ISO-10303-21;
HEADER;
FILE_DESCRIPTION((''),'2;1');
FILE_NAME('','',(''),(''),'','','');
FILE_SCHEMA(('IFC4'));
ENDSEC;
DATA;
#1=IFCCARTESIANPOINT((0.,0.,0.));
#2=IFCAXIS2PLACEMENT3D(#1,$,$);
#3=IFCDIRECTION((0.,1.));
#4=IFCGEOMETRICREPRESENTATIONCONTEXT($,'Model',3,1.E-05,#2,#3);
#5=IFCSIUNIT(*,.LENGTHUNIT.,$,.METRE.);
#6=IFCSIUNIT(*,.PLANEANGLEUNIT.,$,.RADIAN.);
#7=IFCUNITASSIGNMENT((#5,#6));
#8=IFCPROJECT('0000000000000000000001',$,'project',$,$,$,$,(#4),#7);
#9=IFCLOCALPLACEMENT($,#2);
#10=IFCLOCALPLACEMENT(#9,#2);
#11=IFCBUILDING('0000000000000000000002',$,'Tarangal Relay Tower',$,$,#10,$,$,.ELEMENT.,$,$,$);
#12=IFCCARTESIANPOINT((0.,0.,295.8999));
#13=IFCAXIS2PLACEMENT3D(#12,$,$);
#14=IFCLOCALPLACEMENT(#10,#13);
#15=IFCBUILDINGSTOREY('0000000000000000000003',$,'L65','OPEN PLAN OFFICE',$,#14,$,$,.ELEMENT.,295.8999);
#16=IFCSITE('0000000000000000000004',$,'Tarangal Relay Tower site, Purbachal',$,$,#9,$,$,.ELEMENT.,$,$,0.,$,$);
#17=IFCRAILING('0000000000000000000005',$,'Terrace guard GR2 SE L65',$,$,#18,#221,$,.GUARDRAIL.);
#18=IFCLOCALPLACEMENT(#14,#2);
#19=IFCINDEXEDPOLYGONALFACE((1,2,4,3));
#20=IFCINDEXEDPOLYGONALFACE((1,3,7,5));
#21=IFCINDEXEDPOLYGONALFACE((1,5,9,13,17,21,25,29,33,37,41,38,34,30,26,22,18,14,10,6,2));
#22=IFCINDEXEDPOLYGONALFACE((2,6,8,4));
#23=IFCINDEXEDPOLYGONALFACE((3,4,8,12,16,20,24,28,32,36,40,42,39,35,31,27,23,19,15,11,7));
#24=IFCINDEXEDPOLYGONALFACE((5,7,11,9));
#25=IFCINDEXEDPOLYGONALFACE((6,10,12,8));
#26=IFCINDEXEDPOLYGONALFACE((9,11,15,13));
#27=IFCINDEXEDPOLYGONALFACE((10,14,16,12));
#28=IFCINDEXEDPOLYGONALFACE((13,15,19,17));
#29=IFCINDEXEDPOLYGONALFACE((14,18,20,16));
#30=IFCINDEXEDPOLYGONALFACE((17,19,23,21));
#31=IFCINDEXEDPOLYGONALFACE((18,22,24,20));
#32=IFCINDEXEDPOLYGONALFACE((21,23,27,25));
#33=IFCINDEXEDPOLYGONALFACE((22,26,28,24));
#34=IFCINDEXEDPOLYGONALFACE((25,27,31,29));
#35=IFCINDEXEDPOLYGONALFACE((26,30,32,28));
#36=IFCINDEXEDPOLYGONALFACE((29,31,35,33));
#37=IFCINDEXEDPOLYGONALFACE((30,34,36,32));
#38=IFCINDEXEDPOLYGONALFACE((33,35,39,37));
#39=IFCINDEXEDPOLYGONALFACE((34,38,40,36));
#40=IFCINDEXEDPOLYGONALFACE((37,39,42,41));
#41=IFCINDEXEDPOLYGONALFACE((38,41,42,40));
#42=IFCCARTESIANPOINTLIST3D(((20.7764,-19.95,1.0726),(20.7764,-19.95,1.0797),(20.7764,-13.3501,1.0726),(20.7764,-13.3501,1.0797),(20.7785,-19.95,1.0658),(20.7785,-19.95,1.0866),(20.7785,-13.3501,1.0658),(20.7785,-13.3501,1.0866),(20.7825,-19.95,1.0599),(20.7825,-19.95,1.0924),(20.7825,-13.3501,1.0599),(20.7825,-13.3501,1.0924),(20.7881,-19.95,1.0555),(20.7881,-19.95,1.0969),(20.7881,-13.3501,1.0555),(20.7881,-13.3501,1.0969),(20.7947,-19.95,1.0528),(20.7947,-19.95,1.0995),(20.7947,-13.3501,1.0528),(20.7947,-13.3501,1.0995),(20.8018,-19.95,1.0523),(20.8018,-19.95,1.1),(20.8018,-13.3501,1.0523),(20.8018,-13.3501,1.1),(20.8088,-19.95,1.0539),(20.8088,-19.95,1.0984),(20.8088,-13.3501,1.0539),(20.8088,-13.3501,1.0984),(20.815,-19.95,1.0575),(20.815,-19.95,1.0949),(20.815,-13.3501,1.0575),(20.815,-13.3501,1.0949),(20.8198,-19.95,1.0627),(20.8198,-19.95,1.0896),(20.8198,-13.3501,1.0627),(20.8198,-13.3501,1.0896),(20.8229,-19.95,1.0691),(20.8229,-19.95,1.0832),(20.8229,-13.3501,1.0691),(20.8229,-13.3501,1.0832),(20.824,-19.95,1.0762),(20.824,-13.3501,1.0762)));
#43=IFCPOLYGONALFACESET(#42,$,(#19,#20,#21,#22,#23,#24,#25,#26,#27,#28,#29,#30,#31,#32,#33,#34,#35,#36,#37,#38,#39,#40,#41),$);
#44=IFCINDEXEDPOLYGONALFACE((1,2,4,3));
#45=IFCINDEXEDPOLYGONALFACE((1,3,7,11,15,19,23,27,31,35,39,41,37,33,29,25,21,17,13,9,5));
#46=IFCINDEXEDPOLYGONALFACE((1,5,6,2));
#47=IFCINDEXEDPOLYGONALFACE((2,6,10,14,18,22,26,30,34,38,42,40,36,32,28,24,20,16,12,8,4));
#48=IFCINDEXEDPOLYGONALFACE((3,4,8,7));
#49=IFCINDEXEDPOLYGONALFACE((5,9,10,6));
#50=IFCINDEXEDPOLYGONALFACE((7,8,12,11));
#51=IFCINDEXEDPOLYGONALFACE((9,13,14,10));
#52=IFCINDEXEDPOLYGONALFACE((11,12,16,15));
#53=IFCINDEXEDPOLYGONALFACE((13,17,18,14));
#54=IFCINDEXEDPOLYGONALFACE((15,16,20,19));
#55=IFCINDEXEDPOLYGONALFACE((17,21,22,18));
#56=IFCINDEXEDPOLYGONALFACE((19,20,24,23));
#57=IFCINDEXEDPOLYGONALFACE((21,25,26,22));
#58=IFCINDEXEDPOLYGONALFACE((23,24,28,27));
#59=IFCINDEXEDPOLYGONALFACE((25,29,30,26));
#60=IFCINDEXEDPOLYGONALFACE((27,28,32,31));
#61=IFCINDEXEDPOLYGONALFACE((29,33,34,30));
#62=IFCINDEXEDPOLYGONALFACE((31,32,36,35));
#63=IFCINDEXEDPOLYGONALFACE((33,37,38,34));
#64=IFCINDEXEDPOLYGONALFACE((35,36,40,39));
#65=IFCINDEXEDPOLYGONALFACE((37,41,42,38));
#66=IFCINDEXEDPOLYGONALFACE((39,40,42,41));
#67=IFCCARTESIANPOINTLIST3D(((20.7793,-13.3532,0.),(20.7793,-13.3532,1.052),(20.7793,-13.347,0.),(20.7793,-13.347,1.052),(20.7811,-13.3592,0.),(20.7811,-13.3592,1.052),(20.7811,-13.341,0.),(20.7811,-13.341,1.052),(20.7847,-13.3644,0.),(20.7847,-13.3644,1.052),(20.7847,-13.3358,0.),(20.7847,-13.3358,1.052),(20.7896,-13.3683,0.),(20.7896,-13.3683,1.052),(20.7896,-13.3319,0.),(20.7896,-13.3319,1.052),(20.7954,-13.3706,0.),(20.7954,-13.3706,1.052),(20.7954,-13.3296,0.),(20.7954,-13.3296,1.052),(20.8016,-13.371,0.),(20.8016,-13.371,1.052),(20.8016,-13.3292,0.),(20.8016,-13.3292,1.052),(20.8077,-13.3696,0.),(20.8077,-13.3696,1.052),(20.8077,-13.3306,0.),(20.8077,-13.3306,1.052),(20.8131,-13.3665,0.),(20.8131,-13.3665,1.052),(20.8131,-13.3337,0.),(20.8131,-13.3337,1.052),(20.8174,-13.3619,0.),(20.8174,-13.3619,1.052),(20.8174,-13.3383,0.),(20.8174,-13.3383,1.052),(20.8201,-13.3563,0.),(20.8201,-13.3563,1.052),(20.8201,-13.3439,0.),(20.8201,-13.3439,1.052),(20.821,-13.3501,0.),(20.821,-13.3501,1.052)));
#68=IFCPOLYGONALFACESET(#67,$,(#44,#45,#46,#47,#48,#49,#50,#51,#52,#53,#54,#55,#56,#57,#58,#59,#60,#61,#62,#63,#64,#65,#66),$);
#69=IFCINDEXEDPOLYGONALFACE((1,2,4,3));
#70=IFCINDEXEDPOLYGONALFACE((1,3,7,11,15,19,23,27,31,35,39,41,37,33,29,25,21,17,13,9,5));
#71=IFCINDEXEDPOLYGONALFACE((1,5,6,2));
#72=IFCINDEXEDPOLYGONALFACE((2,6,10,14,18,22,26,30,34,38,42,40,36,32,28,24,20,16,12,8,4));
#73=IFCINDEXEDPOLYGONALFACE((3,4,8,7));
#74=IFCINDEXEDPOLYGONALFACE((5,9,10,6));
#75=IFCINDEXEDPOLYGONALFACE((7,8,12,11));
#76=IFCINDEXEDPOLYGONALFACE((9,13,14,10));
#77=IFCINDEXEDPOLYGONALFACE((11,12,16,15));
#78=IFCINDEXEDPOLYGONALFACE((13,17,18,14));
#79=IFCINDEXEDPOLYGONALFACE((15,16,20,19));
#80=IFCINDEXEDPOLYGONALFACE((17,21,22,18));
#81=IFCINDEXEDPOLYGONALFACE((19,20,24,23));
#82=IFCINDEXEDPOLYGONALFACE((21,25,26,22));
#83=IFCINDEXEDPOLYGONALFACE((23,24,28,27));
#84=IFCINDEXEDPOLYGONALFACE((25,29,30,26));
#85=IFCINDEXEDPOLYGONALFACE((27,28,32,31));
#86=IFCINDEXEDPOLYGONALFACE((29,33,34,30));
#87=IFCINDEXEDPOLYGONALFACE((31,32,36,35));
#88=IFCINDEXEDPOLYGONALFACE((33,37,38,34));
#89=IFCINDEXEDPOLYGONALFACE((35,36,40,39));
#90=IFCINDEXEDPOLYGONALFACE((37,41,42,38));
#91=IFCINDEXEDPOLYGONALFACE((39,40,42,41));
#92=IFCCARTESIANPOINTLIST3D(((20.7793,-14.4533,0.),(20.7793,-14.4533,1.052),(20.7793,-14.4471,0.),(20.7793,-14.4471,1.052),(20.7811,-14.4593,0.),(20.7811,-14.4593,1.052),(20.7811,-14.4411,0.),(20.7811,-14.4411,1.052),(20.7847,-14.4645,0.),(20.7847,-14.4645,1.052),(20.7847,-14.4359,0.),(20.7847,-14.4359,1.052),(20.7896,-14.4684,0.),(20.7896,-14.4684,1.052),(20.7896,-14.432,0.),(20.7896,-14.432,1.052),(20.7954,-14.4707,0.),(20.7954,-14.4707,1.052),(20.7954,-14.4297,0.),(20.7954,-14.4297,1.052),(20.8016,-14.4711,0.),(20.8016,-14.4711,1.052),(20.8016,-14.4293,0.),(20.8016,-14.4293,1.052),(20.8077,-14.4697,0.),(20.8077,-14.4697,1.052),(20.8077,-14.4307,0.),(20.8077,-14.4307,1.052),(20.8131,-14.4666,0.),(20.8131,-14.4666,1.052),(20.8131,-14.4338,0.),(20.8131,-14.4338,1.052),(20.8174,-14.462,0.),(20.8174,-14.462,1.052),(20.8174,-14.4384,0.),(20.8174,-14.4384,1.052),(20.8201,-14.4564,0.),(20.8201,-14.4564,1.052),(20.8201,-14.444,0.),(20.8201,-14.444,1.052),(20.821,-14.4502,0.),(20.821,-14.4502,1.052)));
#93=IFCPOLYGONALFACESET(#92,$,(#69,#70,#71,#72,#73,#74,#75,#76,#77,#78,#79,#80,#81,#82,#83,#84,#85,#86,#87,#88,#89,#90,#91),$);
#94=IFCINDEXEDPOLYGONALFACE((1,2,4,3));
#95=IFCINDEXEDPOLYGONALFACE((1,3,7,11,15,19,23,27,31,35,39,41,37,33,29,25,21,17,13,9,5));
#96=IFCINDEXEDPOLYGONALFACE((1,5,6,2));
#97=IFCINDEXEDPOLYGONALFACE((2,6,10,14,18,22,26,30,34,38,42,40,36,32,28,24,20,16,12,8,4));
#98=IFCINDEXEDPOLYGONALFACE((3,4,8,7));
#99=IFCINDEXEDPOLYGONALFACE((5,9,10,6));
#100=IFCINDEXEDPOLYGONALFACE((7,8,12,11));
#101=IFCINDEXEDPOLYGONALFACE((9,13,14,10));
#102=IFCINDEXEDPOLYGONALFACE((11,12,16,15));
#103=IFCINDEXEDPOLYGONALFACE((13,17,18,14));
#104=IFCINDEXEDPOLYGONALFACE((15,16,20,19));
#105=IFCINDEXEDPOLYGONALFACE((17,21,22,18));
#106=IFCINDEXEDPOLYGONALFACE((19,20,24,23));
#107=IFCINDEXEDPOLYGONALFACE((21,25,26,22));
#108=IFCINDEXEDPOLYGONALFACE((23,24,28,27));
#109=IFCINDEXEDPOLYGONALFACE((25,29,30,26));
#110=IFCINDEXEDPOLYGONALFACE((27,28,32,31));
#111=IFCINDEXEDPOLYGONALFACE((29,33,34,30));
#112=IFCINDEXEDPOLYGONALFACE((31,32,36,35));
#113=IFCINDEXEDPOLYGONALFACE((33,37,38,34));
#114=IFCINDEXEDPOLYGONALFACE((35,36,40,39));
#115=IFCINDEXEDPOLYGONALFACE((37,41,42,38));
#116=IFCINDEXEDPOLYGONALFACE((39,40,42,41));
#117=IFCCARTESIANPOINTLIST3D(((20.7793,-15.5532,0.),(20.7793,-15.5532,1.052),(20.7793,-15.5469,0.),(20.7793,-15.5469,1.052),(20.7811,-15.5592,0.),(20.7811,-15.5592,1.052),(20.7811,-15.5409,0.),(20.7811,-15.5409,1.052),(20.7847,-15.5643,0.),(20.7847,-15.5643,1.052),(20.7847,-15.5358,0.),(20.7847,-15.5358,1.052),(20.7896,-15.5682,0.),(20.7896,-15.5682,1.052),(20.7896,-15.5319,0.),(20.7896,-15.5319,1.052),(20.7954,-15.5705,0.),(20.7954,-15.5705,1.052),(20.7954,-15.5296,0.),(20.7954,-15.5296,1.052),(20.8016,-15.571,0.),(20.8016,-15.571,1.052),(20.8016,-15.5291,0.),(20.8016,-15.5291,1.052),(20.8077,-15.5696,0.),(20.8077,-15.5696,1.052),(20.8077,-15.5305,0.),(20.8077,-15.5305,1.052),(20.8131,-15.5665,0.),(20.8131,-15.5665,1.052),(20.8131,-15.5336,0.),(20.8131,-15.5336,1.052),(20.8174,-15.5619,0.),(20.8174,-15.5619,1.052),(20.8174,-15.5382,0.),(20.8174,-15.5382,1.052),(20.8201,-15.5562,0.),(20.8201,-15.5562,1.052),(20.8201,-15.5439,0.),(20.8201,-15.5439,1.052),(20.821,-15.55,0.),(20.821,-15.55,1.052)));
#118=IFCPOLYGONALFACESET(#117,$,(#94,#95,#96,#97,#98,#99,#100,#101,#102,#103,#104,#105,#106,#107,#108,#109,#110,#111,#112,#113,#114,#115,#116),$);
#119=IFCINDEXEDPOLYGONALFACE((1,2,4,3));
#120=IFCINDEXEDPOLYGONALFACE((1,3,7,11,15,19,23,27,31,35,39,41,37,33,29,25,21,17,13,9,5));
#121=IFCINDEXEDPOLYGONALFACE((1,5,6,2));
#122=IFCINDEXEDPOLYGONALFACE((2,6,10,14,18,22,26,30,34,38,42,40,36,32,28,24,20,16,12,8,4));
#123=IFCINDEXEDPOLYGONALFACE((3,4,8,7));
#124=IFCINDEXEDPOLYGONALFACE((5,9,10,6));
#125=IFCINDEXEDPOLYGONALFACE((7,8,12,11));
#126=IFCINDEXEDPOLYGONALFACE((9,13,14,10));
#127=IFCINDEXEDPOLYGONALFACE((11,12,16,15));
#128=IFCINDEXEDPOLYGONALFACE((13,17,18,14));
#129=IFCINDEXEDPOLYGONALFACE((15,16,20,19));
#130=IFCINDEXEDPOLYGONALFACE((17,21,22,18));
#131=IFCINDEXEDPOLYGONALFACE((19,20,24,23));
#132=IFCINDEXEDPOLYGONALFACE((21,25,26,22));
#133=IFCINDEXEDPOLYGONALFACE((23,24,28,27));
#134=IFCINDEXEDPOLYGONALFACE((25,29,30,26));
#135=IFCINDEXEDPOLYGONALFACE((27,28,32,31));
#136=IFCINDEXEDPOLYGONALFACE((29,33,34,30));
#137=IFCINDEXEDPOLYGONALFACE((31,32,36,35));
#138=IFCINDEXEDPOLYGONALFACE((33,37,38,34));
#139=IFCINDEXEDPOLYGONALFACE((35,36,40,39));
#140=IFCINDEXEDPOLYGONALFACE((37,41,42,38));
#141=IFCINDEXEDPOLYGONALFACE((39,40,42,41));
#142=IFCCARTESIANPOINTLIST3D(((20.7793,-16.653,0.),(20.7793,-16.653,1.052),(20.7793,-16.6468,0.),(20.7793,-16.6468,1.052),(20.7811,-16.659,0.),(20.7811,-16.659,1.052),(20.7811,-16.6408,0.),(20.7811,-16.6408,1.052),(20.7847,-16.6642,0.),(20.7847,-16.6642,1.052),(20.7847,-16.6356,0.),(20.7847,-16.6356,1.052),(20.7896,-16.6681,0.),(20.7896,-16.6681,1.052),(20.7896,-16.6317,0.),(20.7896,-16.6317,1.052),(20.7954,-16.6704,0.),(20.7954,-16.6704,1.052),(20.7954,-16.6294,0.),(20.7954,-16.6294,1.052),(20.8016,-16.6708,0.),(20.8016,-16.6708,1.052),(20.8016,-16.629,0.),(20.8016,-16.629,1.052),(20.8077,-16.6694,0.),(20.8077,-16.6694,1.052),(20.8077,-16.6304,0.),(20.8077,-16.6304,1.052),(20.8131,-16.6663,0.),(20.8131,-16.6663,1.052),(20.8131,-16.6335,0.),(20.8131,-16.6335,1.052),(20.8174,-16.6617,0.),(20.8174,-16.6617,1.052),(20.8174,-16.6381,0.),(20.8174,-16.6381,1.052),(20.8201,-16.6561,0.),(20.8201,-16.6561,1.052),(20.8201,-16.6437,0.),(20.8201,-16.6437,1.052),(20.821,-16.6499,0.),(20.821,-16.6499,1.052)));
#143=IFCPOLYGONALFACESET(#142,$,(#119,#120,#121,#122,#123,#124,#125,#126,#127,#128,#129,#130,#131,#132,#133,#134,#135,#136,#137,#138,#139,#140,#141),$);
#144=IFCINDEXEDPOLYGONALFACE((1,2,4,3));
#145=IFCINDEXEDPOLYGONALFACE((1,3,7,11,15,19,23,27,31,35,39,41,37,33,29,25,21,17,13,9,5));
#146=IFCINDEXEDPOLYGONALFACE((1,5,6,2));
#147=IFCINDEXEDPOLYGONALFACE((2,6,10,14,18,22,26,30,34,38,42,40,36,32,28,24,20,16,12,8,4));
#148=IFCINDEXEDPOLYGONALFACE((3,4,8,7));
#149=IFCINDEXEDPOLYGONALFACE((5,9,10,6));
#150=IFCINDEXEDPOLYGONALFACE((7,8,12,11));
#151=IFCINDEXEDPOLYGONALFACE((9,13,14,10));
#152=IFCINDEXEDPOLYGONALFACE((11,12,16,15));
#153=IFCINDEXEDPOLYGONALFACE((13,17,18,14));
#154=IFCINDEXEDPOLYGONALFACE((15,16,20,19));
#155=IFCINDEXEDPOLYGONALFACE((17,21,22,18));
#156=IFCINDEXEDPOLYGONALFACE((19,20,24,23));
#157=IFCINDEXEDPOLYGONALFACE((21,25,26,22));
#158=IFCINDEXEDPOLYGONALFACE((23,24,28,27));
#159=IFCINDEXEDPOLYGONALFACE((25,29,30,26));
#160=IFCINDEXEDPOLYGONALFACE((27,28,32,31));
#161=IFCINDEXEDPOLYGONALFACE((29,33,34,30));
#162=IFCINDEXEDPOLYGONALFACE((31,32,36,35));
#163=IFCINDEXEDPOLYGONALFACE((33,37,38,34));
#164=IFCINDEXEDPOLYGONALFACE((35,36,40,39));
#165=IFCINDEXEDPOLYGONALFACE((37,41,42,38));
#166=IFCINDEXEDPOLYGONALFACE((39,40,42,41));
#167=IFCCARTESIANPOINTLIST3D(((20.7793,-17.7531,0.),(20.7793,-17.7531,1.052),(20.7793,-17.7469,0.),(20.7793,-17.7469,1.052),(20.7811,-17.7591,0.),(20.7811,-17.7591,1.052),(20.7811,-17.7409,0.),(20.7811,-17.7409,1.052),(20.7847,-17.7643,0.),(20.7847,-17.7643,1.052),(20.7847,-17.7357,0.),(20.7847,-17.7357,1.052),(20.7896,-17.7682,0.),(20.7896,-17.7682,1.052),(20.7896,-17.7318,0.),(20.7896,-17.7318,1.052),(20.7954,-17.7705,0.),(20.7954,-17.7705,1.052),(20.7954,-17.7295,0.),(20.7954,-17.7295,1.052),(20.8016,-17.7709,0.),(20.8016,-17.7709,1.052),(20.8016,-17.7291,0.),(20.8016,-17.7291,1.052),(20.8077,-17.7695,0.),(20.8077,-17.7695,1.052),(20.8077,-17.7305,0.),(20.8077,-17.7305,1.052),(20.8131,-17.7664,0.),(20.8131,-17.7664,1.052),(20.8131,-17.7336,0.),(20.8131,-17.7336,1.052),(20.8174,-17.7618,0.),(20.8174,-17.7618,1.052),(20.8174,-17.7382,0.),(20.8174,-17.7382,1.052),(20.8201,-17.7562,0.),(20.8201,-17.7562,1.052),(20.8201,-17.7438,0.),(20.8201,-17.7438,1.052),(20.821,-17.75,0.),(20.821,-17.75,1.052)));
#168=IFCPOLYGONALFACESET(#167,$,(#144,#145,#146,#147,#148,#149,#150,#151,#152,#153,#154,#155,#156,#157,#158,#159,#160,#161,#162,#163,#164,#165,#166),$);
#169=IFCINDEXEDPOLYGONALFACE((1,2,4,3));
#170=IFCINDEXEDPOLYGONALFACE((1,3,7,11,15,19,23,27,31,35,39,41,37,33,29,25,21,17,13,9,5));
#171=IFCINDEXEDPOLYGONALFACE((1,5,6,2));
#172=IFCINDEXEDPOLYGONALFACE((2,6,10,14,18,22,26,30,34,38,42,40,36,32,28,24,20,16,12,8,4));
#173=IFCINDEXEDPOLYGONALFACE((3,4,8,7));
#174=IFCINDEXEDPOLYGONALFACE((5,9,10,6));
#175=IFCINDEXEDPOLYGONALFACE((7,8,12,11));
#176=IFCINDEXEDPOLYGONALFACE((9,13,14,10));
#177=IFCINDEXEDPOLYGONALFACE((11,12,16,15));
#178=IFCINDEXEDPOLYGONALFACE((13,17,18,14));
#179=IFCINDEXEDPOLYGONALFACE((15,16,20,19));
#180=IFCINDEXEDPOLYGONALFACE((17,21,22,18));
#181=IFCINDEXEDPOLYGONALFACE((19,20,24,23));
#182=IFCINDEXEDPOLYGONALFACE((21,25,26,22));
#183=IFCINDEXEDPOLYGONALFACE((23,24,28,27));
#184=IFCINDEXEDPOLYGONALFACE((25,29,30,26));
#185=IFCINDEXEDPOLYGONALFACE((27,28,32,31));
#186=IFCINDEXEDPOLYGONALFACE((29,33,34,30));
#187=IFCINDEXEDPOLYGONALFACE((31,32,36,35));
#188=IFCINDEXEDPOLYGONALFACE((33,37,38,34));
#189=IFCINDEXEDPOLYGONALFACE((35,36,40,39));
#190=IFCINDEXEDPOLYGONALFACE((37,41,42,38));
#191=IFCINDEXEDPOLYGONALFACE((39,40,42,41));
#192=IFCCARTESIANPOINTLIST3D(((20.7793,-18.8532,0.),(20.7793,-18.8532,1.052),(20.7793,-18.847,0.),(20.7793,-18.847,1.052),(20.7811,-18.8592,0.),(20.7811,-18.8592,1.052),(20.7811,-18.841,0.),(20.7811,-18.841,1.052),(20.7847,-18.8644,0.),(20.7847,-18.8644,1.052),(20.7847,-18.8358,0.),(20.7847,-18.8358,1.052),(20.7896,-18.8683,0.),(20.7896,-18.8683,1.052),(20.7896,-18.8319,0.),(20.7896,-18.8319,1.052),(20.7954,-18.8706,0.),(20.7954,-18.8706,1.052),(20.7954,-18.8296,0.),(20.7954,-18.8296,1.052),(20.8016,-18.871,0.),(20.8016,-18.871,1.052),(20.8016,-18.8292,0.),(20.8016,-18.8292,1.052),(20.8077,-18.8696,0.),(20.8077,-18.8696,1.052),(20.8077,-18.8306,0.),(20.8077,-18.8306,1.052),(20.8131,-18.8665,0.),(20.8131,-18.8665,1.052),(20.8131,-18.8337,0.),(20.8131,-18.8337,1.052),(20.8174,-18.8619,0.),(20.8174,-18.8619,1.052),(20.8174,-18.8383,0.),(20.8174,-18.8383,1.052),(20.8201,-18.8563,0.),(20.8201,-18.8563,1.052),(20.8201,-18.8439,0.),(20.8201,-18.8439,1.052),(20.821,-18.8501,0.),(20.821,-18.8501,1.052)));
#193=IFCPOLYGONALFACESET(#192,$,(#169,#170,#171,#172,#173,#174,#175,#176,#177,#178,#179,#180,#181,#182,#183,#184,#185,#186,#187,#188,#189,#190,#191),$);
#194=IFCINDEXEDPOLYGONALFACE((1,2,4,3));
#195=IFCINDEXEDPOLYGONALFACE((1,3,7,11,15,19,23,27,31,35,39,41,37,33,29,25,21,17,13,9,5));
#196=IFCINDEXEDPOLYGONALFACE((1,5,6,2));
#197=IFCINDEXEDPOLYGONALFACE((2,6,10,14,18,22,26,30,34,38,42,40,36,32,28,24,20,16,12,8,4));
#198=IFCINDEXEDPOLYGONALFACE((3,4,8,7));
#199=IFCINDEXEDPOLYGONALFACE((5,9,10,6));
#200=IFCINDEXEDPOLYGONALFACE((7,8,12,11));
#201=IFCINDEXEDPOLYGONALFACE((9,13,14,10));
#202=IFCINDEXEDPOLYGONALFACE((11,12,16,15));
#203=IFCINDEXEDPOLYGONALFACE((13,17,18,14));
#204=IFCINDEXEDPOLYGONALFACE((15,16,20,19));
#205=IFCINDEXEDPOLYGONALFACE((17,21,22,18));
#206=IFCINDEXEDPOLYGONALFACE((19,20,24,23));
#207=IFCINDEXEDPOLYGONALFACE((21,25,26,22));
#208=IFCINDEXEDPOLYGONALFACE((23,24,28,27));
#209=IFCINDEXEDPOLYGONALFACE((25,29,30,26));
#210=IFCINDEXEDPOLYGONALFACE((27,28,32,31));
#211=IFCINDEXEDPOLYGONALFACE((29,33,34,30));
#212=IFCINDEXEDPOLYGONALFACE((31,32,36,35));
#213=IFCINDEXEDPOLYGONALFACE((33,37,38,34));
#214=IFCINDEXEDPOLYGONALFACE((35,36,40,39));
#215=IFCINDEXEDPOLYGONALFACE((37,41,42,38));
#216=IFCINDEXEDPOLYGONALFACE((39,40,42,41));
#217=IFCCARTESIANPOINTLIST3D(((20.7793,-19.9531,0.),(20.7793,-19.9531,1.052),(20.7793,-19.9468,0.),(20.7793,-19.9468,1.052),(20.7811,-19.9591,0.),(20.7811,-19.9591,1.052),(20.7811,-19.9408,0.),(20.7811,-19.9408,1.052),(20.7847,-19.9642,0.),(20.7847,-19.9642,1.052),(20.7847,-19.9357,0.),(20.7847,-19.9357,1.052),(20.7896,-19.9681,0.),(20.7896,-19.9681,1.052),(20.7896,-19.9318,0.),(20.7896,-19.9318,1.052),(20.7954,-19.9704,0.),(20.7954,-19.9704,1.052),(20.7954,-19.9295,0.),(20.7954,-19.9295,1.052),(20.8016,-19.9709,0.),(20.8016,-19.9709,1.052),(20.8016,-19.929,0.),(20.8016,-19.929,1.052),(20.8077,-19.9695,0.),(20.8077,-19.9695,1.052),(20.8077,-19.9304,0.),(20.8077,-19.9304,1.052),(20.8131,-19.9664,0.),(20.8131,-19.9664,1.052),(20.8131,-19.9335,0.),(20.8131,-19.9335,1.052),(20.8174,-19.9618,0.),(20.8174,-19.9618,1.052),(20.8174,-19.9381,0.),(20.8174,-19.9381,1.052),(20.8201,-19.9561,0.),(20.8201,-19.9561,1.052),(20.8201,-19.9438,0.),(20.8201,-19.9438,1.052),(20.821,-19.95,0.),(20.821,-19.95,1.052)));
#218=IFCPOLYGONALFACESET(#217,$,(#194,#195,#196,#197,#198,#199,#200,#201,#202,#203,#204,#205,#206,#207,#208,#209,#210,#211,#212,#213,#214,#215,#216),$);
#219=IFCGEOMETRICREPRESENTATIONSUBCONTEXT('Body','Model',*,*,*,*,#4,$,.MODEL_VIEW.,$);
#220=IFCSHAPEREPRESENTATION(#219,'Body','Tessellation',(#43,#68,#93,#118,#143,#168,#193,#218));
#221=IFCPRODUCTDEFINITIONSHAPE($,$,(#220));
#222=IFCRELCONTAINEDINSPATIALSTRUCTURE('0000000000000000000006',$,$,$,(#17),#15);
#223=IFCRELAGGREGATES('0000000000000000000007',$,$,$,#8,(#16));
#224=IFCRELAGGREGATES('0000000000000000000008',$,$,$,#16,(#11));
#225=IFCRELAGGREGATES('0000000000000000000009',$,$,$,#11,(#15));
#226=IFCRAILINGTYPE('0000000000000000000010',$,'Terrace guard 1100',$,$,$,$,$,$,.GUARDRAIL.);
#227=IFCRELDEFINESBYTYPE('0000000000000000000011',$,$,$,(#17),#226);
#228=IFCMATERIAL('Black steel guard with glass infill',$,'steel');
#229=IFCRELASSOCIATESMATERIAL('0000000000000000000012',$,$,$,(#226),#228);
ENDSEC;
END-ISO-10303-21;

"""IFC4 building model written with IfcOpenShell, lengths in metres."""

from ifc_helpers import new_model, si_unit, direction, frame, origin, origin_2d, place, context, subcontext, project, spatial, circle, extrude, material, type_object, element, save


model = new_model("IFC4")

# Units and contexts
model_context = context("Model", 3, precision=1e-05, world=origin(), true_north=direction((0.0, 1.0)))
body_context = subcontext(model_context, "Body", "Model", "MODEL_VIEW")
ifc_project = project(units=[si_unit("LENGTHUNIT", "METRE"), si_unit("PLANEANGLEUNIT", "RADIAN")], contexts=[model_context])

# Site, building, storey
site_placement = place(None, origin())
site = spatial("IfcSite", under=ifc_project, at=site_placement, Name="Tarangal Relay Tower site, Purbachal", CompositionType="ELEMENT", RefElevation=0.0)
building_placement = place(site_placement, origin())
building = spatial("IfcBuilding", under=site, at=building_placement, Name="Tarangal Relay Tower", CompositionType="ELEMENT")
storey_placement = place(building_placement, frame((0.0, 0.0, 295.8999)))
storey = spatial("IfcBuildingStorey", under=building, at=storey_placement, Name="L65", Description="OPEN PLAN OFFICE", CompositionType="ELEMENT", Elevation=295.8999)

# Railing
ifc_material_1 = material(Name="Black steel guard with glass infill", Category="steel")
railing_type = type_object("IfcRailingType", Name="Terrace guard 1100", PredefinedType="GUARDRAIL", material=ifc_material_1)
railing_1_placement = place(storey_placement, frame((20.8, -13.3501, 0.0)))
element("IfcRailing", 1, at=railing_1_placement, inside=storey, type_object=railing_type, Name="Terrace guard GR2 SE L65", PredefinedType="GUARDRAIL", context=body_context, shape_type="SweptSolid", body=[
    extrude(circle(Radius=0.0239, at=origin_2d()), frame((0.0, 0.0, 1.0762), z_axis=(0.0, -1.0, 0.0), x_axis=(1.0, 0.0, 0.0)), (0.0, 0.0, 1.0), 6.5999),
    extrude(circle(Radius=0.021, at=origin_2d()), origin(), (0.0, 0.0, 1.0), 1.052),
    extrude(circle(Radius=0.021, at=origin_2d()), frame((0.0, -1.1001, 0.0)), (0.0, 0.0, 1.0), 1.052),
    extrude(circle(Radius=0.021, at=origin_2d()), frame((0.0, -2.2, 0.0)), (0.0, 0.0, 1.0), 1.052),
    extrude(circle(Radius=0.021, at=origin_2d()), frame((0.0, -3.2998, 0.0)), (0.0, 0.0, 1.0), 1.052),
    extrude(circle(Radius=0.021, at=origin_2d()), frame((0.0, -4.3999, 0.0)), (0.0, 0.0, 1.0), 1.052),
    extrude(circle(Radius=0.021, at=origin_2d()), frame((0.0, -5.5, 0.0)), (0.0, 0.0, 1.0), 1.052),
    extrude(circle(Radius=0.021, at=origin_2d()), frame((0.0, -6.5999, 0.0)), (0.0, 0.0, 1.0), 1.052),
])

save(model, "model.ifc")
